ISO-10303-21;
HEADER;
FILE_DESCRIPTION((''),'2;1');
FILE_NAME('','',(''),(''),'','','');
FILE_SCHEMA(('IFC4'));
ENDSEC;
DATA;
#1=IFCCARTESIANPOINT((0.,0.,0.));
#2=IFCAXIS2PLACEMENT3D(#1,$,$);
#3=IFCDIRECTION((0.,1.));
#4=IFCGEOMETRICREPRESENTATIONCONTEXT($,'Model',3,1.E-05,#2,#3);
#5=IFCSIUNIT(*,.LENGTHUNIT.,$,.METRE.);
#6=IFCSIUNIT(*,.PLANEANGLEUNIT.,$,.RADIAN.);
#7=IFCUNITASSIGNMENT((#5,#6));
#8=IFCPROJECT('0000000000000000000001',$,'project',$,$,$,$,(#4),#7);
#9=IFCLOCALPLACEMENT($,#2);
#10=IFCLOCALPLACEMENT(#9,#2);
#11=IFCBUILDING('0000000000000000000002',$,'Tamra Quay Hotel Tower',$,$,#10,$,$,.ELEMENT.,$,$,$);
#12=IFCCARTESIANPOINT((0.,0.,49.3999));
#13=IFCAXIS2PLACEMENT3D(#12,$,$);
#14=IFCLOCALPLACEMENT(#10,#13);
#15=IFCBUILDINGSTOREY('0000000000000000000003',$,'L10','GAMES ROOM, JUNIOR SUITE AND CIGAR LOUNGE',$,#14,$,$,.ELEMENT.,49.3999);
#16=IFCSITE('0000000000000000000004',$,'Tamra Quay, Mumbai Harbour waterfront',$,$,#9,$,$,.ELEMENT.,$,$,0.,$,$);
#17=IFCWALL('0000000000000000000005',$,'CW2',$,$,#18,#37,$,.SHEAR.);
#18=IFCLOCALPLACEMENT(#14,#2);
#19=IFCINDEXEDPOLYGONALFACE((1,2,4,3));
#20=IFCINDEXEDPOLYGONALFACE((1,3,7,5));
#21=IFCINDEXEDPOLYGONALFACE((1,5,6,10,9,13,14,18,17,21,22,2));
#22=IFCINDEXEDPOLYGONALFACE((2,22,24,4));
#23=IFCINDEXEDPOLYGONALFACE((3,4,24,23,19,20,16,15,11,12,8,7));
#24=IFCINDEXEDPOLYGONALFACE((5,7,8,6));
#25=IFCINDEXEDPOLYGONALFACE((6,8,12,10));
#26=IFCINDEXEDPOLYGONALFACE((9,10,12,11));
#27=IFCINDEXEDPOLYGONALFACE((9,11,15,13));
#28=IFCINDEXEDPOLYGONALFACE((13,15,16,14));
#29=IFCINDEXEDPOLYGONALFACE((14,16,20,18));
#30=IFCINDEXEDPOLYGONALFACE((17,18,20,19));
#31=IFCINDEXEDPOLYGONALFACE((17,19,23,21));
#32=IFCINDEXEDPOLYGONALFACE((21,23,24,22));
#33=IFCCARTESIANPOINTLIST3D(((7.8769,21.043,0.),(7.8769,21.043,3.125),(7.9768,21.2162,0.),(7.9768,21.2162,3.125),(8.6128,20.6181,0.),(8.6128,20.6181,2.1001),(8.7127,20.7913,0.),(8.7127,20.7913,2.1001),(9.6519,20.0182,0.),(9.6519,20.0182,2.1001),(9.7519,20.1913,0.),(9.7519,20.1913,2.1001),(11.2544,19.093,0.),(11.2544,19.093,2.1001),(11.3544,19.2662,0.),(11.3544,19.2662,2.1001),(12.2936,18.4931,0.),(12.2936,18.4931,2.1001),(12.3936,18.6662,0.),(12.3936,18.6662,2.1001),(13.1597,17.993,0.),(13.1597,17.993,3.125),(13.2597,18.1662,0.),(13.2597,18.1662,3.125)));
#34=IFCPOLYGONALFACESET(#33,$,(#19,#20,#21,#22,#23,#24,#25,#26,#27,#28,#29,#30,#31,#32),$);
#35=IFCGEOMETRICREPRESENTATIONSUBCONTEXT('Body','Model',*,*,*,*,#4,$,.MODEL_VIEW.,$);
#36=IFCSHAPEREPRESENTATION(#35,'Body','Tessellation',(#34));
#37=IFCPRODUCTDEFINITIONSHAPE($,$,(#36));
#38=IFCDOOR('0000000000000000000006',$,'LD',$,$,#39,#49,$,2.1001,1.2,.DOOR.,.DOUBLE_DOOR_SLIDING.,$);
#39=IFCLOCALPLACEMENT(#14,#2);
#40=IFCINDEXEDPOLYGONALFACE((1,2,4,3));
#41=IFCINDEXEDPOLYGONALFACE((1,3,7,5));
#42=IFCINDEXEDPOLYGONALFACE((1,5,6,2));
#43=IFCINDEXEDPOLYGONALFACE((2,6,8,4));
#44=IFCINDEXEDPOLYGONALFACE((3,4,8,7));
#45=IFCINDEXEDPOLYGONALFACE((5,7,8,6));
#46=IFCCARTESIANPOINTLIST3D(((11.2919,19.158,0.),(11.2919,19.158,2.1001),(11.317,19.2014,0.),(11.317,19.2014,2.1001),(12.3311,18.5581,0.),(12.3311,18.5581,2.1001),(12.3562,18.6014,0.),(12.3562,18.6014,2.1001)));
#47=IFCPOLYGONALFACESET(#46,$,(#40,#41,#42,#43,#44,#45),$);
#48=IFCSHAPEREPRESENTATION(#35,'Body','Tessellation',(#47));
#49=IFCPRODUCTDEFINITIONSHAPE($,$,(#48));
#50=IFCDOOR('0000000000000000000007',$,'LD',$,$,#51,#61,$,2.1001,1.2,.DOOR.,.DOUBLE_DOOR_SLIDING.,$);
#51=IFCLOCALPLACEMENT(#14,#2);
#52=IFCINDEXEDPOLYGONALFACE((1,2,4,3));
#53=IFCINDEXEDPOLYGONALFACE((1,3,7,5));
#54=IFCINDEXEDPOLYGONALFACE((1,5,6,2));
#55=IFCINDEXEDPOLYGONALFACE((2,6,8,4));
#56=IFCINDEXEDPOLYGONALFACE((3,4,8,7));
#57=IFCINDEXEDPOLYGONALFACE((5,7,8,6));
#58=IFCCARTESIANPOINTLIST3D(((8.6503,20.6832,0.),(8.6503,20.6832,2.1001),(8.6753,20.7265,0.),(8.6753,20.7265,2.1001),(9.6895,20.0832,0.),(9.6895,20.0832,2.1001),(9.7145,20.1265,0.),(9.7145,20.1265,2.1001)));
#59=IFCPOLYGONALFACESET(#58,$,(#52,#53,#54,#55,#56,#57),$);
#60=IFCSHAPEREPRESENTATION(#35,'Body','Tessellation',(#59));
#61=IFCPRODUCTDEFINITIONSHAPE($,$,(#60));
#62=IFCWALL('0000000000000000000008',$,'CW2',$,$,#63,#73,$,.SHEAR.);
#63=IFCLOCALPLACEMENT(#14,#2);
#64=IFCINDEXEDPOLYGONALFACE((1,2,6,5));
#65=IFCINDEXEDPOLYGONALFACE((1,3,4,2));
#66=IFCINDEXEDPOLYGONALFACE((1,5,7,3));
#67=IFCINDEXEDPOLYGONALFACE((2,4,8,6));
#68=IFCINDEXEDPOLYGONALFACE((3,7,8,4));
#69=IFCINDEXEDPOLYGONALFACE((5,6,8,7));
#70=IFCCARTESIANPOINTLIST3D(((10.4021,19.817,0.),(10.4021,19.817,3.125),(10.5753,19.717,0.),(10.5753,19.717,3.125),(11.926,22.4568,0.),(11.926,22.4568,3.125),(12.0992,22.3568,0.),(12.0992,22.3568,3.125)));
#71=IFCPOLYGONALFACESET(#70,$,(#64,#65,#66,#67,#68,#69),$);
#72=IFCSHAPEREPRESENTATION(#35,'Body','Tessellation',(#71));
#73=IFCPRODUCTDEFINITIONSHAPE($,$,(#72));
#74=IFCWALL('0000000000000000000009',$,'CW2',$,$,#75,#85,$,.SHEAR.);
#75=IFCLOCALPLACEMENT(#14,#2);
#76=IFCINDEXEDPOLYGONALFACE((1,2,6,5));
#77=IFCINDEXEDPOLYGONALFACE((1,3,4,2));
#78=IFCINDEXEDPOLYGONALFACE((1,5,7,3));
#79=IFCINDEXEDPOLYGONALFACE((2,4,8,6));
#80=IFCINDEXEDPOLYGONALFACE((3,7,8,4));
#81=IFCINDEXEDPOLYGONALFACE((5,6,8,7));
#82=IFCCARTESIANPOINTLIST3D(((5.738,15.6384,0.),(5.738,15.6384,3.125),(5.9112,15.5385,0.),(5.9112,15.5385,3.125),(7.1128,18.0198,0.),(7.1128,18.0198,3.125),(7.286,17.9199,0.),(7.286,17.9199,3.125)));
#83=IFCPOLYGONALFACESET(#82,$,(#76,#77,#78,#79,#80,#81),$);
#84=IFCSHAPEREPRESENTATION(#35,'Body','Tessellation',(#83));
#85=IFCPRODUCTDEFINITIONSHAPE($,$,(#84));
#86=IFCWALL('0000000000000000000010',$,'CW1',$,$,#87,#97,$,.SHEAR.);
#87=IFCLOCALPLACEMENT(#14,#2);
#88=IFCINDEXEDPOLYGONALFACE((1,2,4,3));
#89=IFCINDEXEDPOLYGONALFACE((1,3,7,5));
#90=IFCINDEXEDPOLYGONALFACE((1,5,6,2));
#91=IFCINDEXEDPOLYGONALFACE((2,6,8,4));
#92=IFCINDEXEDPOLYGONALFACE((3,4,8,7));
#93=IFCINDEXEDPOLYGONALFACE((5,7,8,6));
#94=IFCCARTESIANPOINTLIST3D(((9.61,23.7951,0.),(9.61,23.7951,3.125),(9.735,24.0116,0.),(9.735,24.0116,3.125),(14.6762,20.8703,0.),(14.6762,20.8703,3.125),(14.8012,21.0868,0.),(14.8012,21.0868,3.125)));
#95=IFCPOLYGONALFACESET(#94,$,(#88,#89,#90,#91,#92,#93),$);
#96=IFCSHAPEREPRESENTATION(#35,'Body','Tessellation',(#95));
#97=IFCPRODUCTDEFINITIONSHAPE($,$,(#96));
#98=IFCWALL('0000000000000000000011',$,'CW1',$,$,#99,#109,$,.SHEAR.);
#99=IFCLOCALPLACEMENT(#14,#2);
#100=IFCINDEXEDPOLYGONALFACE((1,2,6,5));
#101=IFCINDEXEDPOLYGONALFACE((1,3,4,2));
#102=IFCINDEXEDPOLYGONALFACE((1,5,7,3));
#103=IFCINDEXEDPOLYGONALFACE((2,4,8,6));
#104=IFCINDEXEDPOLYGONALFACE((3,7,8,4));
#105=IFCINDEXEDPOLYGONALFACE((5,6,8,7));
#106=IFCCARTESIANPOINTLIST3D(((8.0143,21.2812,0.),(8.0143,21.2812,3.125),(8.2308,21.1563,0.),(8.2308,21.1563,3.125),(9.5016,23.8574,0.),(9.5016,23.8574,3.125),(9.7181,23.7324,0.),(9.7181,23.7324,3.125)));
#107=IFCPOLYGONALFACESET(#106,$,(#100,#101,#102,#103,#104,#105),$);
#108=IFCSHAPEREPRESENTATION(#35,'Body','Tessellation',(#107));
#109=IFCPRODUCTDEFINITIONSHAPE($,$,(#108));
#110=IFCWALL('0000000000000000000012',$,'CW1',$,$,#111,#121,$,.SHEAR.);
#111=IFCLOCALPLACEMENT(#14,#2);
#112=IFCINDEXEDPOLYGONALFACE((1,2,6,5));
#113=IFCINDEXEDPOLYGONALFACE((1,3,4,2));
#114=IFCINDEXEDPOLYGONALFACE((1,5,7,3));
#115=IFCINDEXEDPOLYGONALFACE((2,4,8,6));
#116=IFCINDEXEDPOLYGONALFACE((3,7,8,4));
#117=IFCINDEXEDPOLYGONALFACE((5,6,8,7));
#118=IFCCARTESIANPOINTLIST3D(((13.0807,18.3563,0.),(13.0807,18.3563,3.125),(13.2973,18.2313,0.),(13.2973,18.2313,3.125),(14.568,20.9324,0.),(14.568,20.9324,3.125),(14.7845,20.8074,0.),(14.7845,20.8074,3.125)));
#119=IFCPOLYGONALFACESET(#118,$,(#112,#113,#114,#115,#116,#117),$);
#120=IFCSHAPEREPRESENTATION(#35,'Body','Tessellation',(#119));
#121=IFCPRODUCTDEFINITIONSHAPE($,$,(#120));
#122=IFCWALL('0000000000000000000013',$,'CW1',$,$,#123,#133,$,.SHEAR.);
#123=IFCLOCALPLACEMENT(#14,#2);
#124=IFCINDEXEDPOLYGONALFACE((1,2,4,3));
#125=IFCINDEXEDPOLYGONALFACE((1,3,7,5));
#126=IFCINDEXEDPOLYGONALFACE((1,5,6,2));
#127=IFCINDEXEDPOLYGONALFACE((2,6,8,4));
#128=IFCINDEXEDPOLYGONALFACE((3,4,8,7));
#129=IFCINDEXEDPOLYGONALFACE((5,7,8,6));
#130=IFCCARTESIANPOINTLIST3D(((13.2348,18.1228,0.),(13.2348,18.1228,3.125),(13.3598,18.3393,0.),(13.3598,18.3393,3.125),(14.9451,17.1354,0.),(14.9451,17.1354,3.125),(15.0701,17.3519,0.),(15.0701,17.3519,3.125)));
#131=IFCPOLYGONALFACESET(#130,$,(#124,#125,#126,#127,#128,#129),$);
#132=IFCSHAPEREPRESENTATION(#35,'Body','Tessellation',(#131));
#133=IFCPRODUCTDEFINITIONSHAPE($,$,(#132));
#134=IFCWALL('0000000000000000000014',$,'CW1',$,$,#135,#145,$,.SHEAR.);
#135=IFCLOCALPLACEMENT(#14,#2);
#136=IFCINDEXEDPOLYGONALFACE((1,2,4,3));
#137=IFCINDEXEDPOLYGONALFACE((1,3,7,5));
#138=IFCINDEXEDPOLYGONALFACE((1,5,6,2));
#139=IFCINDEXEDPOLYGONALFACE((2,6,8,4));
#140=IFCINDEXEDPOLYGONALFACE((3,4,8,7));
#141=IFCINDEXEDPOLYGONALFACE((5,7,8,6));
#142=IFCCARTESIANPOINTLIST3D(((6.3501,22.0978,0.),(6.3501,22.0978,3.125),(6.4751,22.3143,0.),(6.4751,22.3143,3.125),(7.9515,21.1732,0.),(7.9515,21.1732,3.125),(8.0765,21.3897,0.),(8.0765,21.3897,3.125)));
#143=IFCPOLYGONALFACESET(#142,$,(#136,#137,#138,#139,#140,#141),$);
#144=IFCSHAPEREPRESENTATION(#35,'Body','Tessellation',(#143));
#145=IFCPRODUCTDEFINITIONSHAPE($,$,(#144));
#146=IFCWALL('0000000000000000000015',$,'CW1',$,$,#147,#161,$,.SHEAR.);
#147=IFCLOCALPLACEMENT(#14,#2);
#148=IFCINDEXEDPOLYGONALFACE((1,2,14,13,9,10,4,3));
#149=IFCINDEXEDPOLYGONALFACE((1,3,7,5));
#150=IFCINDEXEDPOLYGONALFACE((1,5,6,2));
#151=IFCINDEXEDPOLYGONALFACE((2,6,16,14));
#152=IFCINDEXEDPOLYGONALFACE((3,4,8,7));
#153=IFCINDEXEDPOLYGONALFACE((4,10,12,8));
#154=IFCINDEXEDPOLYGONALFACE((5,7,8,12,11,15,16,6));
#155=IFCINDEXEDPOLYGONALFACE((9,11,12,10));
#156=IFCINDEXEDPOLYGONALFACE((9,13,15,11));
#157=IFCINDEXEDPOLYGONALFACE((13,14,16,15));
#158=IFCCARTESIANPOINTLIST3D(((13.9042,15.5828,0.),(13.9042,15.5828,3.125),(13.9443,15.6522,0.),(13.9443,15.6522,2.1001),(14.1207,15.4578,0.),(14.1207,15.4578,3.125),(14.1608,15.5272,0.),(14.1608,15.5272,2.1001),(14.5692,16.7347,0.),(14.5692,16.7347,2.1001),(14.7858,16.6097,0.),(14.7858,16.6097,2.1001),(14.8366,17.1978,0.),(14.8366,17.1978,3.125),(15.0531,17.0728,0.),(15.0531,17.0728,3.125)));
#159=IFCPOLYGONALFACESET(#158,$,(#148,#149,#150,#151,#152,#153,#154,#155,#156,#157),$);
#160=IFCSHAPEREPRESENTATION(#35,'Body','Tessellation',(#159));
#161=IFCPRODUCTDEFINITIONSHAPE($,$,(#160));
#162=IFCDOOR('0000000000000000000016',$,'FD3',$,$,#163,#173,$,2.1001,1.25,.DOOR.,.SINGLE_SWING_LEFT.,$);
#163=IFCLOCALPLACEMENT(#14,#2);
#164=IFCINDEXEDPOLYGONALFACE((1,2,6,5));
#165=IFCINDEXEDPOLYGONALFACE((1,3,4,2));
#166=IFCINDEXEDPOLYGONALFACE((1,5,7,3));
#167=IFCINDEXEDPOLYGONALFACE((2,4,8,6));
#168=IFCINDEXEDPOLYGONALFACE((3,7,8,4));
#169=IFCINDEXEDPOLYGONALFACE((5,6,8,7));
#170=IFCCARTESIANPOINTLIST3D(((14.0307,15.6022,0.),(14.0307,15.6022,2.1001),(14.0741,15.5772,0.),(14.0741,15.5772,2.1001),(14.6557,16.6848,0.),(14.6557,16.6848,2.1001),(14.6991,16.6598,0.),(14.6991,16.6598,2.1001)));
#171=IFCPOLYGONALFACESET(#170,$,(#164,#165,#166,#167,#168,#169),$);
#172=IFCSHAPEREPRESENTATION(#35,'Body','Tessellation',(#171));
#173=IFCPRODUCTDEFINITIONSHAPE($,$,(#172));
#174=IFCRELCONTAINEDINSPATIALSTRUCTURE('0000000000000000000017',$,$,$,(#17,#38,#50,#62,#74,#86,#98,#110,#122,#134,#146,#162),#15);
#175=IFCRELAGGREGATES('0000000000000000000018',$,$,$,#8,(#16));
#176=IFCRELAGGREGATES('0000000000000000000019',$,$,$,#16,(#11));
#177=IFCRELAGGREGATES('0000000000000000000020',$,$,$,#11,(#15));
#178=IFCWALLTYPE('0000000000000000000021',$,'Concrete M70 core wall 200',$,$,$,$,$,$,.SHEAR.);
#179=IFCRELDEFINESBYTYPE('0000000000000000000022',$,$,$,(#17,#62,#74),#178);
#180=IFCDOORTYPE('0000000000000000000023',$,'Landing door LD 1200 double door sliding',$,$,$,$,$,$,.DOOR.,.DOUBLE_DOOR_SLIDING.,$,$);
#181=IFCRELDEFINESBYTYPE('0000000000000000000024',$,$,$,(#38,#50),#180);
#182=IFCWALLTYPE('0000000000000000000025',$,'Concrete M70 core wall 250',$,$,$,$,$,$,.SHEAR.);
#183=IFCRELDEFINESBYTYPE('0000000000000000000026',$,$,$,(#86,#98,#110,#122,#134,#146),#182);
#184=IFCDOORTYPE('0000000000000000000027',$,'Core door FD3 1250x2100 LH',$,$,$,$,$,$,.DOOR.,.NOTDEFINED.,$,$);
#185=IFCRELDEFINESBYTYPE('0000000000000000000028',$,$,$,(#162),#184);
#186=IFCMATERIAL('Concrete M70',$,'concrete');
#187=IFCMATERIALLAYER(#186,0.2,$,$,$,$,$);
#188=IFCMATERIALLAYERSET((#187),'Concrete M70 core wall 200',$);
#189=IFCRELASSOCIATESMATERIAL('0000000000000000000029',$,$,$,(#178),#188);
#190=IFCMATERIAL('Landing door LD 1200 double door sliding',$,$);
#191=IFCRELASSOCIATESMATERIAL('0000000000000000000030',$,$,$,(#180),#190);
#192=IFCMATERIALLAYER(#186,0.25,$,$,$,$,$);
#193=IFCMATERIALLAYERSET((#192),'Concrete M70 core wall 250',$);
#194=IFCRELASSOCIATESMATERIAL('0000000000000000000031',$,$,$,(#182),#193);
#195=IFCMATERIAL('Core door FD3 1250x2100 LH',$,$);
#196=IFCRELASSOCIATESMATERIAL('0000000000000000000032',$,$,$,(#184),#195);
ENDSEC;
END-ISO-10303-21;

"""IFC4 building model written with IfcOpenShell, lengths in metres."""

from ifc_helpers import new_model, si_unit, direction, frame, frame_2d, origin, place, context, subcontext, project, spatial, rectangle, extrude, material, layer, layer_set, type_object, element, fill, save


model = new_model("IFC4")

# Units and contexts
model_context = context("Model", 3, precision=1e-05, world=origin(), true_north=direction((0.0, 1.0)))
body_context = subcontext(model_context, "Body", "Model", "MODEL_VIEW")
ifc_project = project(units=[si_unit("LENGTHUNIT", "METRE"), si_unit("PLANEANGLEUNIT", "RADIAN")], contexts=[model_context])

# Site, building, storey
site_placement = place(None, origin())
site = spatial("IfcSite", under=ifc_project, at=site_placement, Name="Tamra Quay, Mumbai Harbour waterfront", CompositionType="ELEMENT", RefElevation=0.0)
building_placement = place(site_placement, origin())
building = spatial("IfcBuilding", under=site, at=building_placement, Name="Tamra Quay Hotel Tower", CompositionType="ELEMENT")
storey_placement = place(building_placement, frame((0.0, 0.0, 49.3999)))
storey = spatial("IfcBuildingStorey", under=building, at=storey_placement, Name="L10", Description="GAMES ROOM, JUNIOR SUITE AND CIGAR LOUNGE", CompositionType="ELEMENT", Elevation=49.3999)

# Shared definitions
ifc_material_1 = material(Name="Concrete M70", Category="concrete")

# Wall, openings, doors
ifc_layer_1 = layer(ifc_material_1, 0.2)
ifc_layer_set_1 = layer_set([ifc_layer_1], Name="Concrete M70 core wall 200")
wall_type_1 = type_object("IfcWallType", Name="Concrete M70 core wall 200", PredefinedType="SHEAR", material=ifc_layer_set_1)
wall_1_placement = place(storey_placement, frame((13.2097, 18.0796, 0.0), z_axis=(0.0, 0.0, 1.0), x_axis=(-0.86603, 0.499992, 0.0)))
wall_1 = element("IfcWall", 1, at=wall_1_placement, inside=storey, type_object=wall_type_1, Name="CW2", PredefinedType="SHEAR", context=body_context, shape_type="SweptSolid", body=[
    extrude(rectangle(XDim=6.1001, YDim=0.2, at=frame_2d((3.05, 0.0))), origin(), (0.0, 0.0, 1.0), 3.125),
])
opening_1_placement = place(wall_1_placement, frame((1.0, 0.0, 0.0)))
opening_1 = element("IfcOpeningElement", 2, at=opening_1_placement, cuts=wall_1, PredefinedType="OPENING", context=body_context, shape_type="SweptSolid", body=[
    extrude(rectangle(XDim=1.2, YDim=2.1001, at=frame_2d((0.6001, 1.05))), frame((0.0, 0.1099, 0.0), z_axis=(0.0, -1.0, 0.0), x_axis=(1.0, 0.0, 0.0)), (0.0, 0.0, 1.0), 0.22),
])
opening_2_placement = place(wall_1_placement, frame((4.0503, 0.0, 0.0)))
opening_2 = element("IfcOpeningElement", 3, at=opening_2_placement, cuts=wall_1, PredefinedType="OPENING", context=body_context, shape_type="SweptSolid", body=[
    extrude(rectangle(XDim=1.2, YDim=2.1001, at=frame_2d((0.6001, 1.05))), frame((0.0, 0.1099, 0.0), z_axis=(0.0, -1.0, 0.0), x_axis=(1.0, 0.0, 0.0)), (0.0, 0.0, 1.0), 0.22),
])
ifc_material_2 = material(Name="Landing door LD 1200 double door sliding")
door_type_1 = type_object("IfcDoorType", Name="Landing door LD 1200 double door sliding", OperationType="DOUBLE_DOOR_SLIDING", PredefinedType="DOOR", material=ifc_material_2)
door_1_placement = place(opening_1_placement, origin())
door_1 = element("IfcDoor", 4, at=door_1_placement, inside=storey, type_object=door_type_1, Name="LD", OperationType="DOUBLE_DOOR_SLIDING", OverallHeight=2.1001, OverallWidth=1.2, PredefinedType="DOOR", context=body_context, shape_type="SweptSolid", body=[
    extrude(rectangle(XDim=1.2, YDim=2.1001, at=frame_2d((0.6001, 1.05))), frame((0.0, 0.0249, 0.0), z_axis=(0.0, -1.0, 0.0), x_axis=(1.0, 0.0, 0.0)), (0.0, 0.0, 1.0), 0.05),
])
fill(opening_1, door_1)
door_2_placement = place(opening_2_placement, origin())
door_2 = element("IfcDoor", 5, at=door_2_placement, inside=storey, type_object=door_type_1, Name="LD", OperationType="DOUBLE_DOOR_SLIDING", OverallHeight=2.1001, OverallWidth=1.2, PredefinedType="DOOR", context=body_context, shape_type="SweptSolid", body=[
    extrude(rectangle(XDim=1.2, YDim=2.1001, at=frame_2d((0.6001, 1.05))), frame((0.0, 0.0249, 0.0), z_axis=(0.0, -1.0, 0.0), x_axis=(1.0, 0.0, 0.0)), (0.0, 0.0, 1.0), 0.05),
])
fill(opening_2, door_2)

# Walls
wall_2_placement = place(storey_placement, frame((10.4888, 19.7671, 0.0), z_axis=(0.0, 0.0, 1.0), x_axis=(0.499947, 0.866056, 0.0)))
element("IfcWall", 6, at=wall_2_placement, inside=storey, type_object=wall_type_1, Name="CW2", PredefinedType="SHEAR", context=body_context, shape_type="SweptSolid", body=[
    extrude(rectangle(XDim=3.0481, YDim=0.2, at=frame_2d((1.5239, 0.0))), origin(), (0.0, 0.0, 1.0), 3.125),
])
wall_3_placement = place(storey_placement, frame((7.1995, 17.97, 0.0), z_axis=(0.0, 0.0, 1.0), x_axis=(-0.499968, -0.866044, 0.0)))
element("IfcWall", 7, at=wall_3_placement, inside=storey, type_object=wall_type_1, Name="CW2", PredefinedType="SHEAR", context=body_context, shape_type="SweptSolid", body=[
    extrude(rectangle(XDim=2.7498, YDim=0.2, at=frame_2d((1.375, 0.0))), origin(), (0.0, 0.0, 1.0), 3.125),
])
ifc_layer_2 = layer(ifc_material_1, 0.25)
ifc_layer_set_2 = layer_set([ifc_layer_2], Name="Concrete M70 core wall 250")
wall_type_2 = type_object("IfcWallType", Name="Concrete M70 core wall 250", PredefinedType="SHEAR", material=ifc_layer_set_2)
wall_4_placement = place(storey_placement, frame((9.6726, 23.9033, 0.0), z_axis=(0.0, 0.0, 1.0), x_axis=(0.866036, -0.499981, 0.0)))
element("IfcWall", 8, at=wall_4_placement, inside=storey, type_object=wall_type_2, Name="CW1", PredefinedType="SHEAR", context=body_context, shape_type="SweptSolid", body=[
    extrude(rectangle(XDim=5.8499, YDim=0.25, at=frame_2d((2.9248, 0.0))), origin(), (0.0, 0.0, 1.0), 3.125),
])
for number, where, z_axis, x_axis, name in (
    (9, (8.1226, 21.2188, 0.0), (0.0, 0.0, 1.0), (0.499988, 0.866033, 0.0), "CW1"),
    (10, (14.6763, 20.8699, 0.0), (0.0, 0.0, 1.0), (-0.499988, -0.866033, 0.0), "CW1"),
):
    element("IfcWall", number, at=place(storey_placement, frame(where, z_axis=z_axis, x_axis=x_axis)), inside=storey, type_object=wall_type_2, Name=name, PredefinedType="SHEAR", context=body_context, shape_type="SweptSolid", body=[
        extrude(rectangle(XDim=2.9746, YDim=0.25, at=frame_2d((1.4873, 0.0))), origin(), (0.0, 0.0, 1.0), 3.125),
    ])
wall_5_placement = place(storey_placement, frame((13.2974, 18.231, 0.0), z_axis=(0.0, 0.0, 1.0), x_axis=(0.866044, -0.499969, 0.0)))
element("IfcWall", 11, at=wall_5_placement, inside=storey, type_object=wall_type_2, Name="CW1", PredefinedType="SHEAR", context=body_context, shape_type="SweptSolid", body=[
    extrude(rectangle(XDim=1.9749, YDim=0.25, at=frame_2d((0.9873, 0.0))), origin(), (0.0, 0.0, 1.0), 3.125),
])
wall_6_placement = place(storey_placement, frame((6.4126, 22.2061, 0.0), z_axis=(0.0, 0.0, 1.0), x_axis=(0.866016, -0.500016, 0.0)))
element("IfcWall", 12, at=wall_6_placement, inside=storey, type_object=wall_type_2, Name="CW1", PredefinedType="SHEAR", context=body_context, shape_type="SweptSolid", body=[
    extrude(rectangle(XDim=1.8491, YDim=0.25, at=frame_2d((0.9246, 0.0))), origin(), (0.0, 0.0, 1.0), 3.125),
])

# Wall, opening, door
wall_7_placement = place(storey_placement, frame((14.9448, 17.1353, 0.0), z_axis=(0.0, 0.0, 1.0), x_axis=(-0.499983, -0.866035, 0.0)))
wall_7 = element("IfcWall", 13, at=wall_7_placement, inside=storey, type_object=wall_type_2, Name="CW1", PredefinedType="SHEAR", context=body_context, shape_type="SweptSolid", body=[
    extrude(rectangle(XDim=1.8647, YDim=0.25, at=frame_2d((0.9324, 0.0))), origin(), (0.0, 0.0, 1.0), 3.125),
])
opening_3_placement = place(wall_7_placement, frame((0.5347, 0.0, 0.0)))
opening_3 = element("IfcOpeningElement", 14, at=opening_3_placement, cuts=wall_7, PredefinedType="OPENING", context=body_context, shape_type="SweptSolid", body=[
    extrude(rectangle(XDim=1.25, YDim=2.1001, at=frame_2d((0.625, 1.05))), frame((0.0, 0.135, 0.0), z_axis=(0.0, -1.0, 0.0), x_axis=(1.0, 0.0, 0.0)), (0.0, 0.0, 1.0), 0.27),
])
ifc_material_3 = material(Name="Core door FD3 1250x2100 LH")
door_type_2 = type_object("IfcDoorType", Name="Core door FD3 1250x2100 LH", OperationType="NOTDEFINED", PredefinedType="DOOR", material=ifc_material_3)
door_3_placement = place(opening_3_placement, origin())
door_3 = element("IfcDoor", 15, at=door_3_placement, inside=storey, type_object=door_type_2, Name="FD3", OperationType="SINGLE_SWING_LEFT", OverallHeight=2.1001, OverallWidth=1.25, PredefinedType="DOOR", context=body_context, shape_type="SweptSolid", body=[
    extrude(rectangle(XDim=1.25, YDim=2.1001, at=frame_2d((0.625, 1.05))), frame((0.0, 0.0249, 0.0), z_axis=(0.0, -1.0, 0.0), x_axis=(1.0, 0.0, 0.0)), (0.0, 0.0, 1.0), 0.05),
])
fill(opening_3, door_3)

save(model, "model.ifc")
